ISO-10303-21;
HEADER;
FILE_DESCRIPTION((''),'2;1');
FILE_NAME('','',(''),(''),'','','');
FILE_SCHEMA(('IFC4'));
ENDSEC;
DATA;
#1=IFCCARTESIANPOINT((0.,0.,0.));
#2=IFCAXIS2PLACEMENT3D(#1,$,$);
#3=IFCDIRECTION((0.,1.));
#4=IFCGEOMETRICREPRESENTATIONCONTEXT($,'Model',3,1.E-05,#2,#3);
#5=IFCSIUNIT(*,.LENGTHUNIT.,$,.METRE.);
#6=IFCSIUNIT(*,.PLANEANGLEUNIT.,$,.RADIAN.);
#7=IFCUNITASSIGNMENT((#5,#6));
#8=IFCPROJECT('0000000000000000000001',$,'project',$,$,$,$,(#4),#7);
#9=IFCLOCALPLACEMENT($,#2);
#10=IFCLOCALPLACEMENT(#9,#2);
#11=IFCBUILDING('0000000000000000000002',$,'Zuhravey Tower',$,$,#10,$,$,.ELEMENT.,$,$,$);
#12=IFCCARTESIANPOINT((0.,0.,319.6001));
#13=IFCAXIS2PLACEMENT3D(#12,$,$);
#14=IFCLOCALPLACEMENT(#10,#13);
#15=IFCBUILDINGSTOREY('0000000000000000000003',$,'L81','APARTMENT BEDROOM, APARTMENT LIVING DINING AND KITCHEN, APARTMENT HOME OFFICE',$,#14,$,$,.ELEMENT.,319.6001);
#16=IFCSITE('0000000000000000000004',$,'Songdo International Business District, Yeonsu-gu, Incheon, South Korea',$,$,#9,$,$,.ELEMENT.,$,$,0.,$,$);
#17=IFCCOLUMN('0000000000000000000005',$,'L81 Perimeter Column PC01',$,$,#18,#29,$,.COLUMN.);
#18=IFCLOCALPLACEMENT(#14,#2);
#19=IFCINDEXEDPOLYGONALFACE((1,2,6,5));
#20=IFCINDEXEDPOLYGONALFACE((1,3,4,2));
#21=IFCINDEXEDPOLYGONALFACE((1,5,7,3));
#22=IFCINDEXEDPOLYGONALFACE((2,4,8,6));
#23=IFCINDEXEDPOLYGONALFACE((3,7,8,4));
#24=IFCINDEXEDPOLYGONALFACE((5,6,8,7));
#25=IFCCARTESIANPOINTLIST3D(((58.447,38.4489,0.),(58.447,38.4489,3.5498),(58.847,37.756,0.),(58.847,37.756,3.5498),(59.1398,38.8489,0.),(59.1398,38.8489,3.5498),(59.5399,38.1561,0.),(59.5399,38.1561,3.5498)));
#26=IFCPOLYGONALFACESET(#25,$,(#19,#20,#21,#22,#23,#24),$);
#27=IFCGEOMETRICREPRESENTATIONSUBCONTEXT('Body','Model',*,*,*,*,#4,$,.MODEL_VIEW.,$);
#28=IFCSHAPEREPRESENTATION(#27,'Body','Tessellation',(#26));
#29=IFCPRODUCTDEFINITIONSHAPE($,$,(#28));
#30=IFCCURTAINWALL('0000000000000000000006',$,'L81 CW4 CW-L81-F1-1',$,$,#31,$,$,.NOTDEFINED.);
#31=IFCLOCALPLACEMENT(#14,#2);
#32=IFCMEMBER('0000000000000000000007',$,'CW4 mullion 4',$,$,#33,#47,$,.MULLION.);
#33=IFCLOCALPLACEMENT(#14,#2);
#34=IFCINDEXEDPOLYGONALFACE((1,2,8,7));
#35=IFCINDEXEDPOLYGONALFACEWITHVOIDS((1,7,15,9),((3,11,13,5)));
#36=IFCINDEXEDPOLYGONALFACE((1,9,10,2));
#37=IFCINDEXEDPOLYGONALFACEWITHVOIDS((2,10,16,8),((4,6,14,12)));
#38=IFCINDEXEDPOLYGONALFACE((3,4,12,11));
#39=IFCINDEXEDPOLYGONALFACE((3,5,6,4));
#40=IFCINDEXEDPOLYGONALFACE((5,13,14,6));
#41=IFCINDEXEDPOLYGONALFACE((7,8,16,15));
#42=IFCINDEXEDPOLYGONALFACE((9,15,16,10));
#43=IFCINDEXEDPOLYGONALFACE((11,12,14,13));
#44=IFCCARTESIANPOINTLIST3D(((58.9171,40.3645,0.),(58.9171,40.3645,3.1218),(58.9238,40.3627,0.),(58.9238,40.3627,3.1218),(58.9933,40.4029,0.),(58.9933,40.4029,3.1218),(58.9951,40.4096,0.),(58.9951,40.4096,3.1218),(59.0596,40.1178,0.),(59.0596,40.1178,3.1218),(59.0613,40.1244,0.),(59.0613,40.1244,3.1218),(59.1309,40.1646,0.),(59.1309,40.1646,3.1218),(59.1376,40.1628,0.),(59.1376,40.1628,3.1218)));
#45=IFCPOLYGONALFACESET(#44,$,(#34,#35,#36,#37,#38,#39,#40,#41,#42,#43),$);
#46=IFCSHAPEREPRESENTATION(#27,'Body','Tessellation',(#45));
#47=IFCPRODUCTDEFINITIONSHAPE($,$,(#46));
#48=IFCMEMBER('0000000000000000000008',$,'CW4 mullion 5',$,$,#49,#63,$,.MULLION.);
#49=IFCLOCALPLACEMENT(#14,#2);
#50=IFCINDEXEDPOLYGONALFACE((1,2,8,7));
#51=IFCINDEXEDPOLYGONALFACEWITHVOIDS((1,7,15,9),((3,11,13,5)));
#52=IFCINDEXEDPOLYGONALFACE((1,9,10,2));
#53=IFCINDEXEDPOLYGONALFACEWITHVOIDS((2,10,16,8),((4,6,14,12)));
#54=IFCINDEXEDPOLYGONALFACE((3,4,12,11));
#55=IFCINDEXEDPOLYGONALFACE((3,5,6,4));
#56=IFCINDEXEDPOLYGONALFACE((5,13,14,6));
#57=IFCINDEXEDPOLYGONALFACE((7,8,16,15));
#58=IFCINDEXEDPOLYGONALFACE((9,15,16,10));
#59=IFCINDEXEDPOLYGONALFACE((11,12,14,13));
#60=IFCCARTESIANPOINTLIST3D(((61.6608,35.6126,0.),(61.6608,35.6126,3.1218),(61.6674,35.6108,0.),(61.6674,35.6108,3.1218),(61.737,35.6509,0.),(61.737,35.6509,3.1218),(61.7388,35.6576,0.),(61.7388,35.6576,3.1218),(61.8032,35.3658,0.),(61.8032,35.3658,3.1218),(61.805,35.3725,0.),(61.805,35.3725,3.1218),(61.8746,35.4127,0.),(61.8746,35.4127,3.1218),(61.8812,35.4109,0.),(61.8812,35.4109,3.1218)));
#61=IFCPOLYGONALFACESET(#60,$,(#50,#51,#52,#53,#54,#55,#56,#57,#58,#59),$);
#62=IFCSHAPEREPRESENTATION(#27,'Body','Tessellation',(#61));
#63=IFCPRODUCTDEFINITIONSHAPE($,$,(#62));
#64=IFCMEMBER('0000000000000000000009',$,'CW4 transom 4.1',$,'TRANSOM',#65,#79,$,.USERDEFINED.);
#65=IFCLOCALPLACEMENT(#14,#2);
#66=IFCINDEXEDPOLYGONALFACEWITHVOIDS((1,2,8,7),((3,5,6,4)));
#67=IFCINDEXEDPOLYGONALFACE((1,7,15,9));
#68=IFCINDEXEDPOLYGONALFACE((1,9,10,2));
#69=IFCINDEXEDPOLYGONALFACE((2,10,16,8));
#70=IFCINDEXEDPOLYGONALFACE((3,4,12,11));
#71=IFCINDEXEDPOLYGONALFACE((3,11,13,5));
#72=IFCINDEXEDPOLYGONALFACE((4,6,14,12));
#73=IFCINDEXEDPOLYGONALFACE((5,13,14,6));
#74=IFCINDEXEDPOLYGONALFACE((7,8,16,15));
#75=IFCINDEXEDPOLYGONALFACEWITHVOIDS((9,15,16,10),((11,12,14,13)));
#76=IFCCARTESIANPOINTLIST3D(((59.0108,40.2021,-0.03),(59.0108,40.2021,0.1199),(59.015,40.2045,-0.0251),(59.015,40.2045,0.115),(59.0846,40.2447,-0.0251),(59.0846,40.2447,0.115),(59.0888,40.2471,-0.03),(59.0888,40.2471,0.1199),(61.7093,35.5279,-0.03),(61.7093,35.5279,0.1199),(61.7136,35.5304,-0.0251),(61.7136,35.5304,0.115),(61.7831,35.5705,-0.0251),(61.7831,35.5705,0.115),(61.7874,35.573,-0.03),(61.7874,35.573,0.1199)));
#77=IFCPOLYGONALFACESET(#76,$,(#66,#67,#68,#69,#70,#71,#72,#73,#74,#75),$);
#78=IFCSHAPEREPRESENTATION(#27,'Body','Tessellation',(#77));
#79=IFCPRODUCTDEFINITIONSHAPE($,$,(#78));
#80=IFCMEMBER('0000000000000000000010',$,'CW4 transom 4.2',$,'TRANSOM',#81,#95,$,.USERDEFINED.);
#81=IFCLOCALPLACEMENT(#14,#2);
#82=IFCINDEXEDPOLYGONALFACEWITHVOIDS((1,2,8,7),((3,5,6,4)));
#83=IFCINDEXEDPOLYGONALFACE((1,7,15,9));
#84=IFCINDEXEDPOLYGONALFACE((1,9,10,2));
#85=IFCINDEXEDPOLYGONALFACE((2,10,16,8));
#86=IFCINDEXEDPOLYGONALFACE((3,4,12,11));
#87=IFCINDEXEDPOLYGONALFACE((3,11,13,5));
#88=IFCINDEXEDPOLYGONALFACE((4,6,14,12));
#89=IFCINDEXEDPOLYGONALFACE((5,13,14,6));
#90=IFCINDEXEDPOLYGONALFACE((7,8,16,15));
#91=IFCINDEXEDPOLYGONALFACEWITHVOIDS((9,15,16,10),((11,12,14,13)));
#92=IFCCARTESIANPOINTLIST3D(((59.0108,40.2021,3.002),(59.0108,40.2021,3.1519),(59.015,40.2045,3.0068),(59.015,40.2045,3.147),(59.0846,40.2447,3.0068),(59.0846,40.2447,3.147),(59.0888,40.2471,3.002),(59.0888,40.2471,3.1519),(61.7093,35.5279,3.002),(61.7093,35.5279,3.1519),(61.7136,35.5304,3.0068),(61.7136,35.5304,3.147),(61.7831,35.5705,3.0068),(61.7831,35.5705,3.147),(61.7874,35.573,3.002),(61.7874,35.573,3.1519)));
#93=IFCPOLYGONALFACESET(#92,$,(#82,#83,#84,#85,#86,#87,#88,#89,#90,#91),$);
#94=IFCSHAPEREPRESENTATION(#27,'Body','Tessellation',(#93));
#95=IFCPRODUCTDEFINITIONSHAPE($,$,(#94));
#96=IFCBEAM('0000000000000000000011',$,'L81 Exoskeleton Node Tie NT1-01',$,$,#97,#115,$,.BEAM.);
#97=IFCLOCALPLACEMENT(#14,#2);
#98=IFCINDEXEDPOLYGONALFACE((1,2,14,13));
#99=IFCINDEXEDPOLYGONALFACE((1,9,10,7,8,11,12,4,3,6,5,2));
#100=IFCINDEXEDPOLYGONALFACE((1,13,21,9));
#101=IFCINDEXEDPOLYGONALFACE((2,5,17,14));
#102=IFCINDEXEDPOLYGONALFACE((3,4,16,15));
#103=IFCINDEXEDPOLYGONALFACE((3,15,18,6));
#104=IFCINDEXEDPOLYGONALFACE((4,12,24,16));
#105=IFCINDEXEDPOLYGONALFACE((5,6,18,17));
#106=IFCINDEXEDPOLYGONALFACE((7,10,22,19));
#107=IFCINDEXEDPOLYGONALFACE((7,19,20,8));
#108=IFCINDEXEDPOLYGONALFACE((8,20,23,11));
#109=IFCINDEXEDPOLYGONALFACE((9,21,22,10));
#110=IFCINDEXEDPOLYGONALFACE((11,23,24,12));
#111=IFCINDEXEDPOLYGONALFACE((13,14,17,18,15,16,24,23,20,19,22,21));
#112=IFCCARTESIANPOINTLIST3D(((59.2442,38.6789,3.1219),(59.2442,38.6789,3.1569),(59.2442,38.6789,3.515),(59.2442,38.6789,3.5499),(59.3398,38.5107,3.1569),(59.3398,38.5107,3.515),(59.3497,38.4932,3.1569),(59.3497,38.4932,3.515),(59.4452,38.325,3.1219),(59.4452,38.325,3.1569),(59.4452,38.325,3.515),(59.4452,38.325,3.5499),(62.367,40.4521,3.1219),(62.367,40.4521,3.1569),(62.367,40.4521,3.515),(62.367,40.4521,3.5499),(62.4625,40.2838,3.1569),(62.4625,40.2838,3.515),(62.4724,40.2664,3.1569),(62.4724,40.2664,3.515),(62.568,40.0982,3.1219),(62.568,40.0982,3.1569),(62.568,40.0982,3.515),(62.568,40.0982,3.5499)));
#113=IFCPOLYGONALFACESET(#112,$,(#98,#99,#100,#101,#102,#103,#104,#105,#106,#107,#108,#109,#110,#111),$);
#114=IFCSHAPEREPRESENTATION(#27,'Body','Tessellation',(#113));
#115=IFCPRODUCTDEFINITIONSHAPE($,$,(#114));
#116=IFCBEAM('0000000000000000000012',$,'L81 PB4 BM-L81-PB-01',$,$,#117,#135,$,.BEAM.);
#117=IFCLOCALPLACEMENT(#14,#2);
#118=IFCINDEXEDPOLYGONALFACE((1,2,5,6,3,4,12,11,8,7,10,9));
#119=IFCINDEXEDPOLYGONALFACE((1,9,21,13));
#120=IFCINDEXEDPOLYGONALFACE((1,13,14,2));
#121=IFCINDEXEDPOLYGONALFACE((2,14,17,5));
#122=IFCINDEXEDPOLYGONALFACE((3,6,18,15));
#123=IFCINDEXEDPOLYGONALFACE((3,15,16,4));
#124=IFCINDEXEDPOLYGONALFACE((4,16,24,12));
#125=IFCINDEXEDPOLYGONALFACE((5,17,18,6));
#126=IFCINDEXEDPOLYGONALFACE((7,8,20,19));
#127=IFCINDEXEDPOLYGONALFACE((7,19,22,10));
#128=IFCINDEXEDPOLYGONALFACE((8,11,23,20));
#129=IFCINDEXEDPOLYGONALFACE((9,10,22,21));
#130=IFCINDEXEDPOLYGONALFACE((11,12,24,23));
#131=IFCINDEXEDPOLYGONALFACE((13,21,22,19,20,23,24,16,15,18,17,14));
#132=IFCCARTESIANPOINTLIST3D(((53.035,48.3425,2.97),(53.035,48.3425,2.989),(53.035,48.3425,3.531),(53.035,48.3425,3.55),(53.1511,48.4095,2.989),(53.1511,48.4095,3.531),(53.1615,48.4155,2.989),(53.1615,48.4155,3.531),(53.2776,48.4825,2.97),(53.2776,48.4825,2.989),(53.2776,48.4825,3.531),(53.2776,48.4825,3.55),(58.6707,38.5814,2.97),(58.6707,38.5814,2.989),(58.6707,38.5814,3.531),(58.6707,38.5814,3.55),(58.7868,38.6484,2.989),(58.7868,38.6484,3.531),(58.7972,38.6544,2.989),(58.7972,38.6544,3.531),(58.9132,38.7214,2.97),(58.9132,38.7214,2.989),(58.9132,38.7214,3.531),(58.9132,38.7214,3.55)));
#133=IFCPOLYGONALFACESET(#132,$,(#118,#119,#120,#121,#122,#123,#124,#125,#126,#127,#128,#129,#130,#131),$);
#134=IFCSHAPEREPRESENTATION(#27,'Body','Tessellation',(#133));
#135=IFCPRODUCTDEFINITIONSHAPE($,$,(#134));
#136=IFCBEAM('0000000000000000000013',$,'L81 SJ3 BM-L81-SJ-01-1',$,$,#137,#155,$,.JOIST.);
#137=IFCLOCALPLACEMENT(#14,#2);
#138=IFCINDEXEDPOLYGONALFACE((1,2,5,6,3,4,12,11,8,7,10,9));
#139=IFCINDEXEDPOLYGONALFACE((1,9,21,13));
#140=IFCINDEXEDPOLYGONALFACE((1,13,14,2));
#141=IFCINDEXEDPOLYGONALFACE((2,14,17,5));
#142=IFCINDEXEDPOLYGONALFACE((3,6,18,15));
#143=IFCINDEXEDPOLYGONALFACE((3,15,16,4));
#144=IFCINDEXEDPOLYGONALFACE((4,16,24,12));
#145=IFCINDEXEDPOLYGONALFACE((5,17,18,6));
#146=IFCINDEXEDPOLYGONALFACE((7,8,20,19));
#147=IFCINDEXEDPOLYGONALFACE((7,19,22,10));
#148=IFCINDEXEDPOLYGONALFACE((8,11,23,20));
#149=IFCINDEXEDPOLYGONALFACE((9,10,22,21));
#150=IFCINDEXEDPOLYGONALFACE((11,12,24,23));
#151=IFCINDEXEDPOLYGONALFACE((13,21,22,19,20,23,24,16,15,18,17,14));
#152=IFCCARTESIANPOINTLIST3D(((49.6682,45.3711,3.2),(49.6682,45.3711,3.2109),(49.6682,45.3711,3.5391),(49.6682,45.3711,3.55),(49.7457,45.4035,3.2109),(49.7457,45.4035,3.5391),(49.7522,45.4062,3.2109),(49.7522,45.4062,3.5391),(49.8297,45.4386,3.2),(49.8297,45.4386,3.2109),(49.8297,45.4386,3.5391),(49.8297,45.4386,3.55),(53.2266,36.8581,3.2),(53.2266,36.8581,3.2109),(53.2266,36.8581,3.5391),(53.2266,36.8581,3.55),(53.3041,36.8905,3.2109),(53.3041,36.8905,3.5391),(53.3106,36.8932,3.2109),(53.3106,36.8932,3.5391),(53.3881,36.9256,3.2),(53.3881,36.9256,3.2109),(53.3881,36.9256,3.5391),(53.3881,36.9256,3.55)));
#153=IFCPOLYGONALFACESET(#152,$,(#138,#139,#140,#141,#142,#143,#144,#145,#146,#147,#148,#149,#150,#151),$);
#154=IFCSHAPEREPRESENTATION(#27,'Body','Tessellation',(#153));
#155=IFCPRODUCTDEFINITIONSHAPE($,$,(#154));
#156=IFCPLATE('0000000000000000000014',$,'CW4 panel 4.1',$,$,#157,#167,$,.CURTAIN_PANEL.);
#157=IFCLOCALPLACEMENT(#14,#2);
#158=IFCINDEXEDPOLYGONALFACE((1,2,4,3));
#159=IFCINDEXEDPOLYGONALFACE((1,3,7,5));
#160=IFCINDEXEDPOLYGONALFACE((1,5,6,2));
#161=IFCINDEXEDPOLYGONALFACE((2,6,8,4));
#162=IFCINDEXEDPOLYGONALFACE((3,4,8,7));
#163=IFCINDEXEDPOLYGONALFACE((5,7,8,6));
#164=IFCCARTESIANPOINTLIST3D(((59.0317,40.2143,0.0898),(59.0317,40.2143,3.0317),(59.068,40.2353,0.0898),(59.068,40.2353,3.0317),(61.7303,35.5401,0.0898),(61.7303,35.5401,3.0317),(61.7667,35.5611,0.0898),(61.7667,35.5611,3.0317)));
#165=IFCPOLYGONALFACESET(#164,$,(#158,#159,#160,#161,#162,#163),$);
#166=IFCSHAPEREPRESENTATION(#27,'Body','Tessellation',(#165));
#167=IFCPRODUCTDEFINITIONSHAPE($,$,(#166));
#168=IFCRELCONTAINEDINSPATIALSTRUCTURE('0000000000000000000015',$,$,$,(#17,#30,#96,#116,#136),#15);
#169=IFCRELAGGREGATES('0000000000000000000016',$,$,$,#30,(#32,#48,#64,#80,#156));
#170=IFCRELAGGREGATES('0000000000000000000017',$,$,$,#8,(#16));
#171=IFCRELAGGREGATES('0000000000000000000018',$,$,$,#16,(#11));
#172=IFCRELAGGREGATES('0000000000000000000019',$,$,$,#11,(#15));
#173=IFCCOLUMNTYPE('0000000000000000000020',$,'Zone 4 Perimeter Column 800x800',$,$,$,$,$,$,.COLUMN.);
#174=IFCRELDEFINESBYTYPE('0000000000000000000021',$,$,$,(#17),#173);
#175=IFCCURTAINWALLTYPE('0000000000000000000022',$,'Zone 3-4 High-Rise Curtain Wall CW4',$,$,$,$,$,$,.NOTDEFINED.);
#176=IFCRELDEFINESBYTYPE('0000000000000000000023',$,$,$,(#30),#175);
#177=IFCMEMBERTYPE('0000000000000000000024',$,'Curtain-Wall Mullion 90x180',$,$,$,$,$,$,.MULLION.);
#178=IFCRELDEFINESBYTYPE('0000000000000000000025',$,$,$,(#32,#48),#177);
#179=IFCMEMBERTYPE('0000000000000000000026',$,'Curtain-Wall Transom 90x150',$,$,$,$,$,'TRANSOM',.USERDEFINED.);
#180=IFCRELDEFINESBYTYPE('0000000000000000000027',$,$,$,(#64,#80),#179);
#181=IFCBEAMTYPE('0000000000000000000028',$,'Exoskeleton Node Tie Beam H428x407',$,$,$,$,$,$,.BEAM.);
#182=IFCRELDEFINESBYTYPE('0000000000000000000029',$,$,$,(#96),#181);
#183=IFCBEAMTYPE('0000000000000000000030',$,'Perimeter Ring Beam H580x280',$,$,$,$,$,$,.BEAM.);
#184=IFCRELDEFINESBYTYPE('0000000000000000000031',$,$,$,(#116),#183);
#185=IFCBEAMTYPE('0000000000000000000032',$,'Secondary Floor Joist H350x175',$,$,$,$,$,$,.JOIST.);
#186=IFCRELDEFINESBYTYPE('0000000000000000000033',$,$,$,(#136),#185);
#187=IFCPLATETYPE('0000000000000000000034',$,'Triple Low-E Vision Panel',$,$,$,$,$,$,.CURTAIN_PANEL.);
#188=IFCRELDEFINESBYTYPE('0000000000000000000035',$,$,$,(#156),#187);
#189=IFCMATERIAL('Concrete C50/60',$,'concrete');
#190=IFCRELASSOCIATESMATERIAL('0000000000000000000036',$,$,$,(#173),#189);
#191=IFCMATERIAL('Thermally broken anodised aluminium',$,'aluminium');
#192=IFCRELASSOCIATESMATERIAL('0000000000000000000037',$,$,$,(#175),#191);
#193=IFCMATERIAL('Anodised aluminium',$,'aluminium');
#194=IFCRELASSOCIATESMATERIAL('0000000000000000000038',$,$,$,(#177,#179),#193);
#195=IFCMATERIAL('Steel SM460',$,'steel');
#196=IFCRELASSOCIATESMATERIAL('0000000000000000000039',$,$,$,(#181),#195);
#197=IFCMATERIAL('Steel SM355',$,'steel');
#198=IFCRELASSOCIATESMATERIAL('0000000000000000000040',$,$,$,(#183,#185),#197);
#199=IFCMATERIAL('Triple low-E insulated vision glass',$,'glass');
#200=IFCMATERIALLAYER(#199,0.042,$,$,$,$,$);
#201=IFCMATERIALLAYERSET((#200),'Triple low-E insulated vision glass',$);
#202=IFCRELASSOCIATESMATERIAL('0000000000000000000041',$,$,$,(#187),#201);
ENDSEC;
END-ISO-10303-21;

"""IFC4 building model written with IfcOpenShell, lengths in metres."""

from ifc_helpers import new_model, si_unit, direction, frame, origin, origin_2d, place, context, subcontext, project, spatial, rectangle, hollow_rectangle, i_section, extrude, material, layer, layer_set, material_profile, profile_set, type_object, element, aggregate, save


model = new_model("IFC4")

# Units and contexts
model_context = context("Model", 3, precision=1e-05, world=origin(), true_north=direction((0.0, 1.0)))
body_context = subcontext(model_context, "Body", "Model", "MODEL_VIEW")
ifc_project = project(units=[si_unit("LENGTHUNIT", "METRE"), si_unit("PLANEANGLEUNIT", "RADIAN")], contexts=[model_context])

# Site, building, storey
site_placement = place(None, origin())
site = spatial("IfcSite", under=ifc_project, at=site_placement, Name="Songdo International Business District, Yeonsu-gu, Incheon, South Korea", CompositionType="ELEMENT", RefElevation=0.0)
building_placement = place(site_placement, origin())
building = spatial("IfcBuilding", under=site, at=building_placement, Name="Zuhravey Tower", CompositionType="ELEMENT")
storey_placement = place(building_placement, frame((0.0, 0.0, 319.6001)))
storey = spatial("IfcBuildingStorey", under=building, at=storey_placement, Name="L81", Description="APARTMENT BEDROOM, APARTMENT LIVING DINING AND KITCHEN, APARTMENT HOME OFFICE", CompositionType="ELEMENT", Elevation=319.6001)

# Column
ifc_material_1 = material(Name="Concrete C50/60", Category="concrete")
ifc_material_profile_1 = material_profile(ifc_material_1, rectangle(XDim=0.8, YDim=0.8, at=origin_2d()), Name="RC-800x800")
ifc_profile_set_1 = profile_set([ifc_material_profile_1], Name="Concrete C50/60")
column_type = type_object("IfcColumnType", Name="Zone 4 Perimeter Column 800x800", PredefinedType="COLUMN", material=ifc_profile_set_1)
column_placement = place(storey_placement, frame((58.9934, 38.3025, 0.0), z_axis=(0.0, 0.0, 1.0), x_axis=(-0.5, 0.866025, 0.0)))
element("IfcColumn", 1, at=column_placement, inside=storey, type_object=column_type, Name="L81 Perimeter Column PC01", PredefinedType="COLUMN", context=body_context, shape_type="SweptSolid", body=[
    extrude(rectangle(XDim=0.8, YDim=0.8, at=origin_2d()), origin(), (0.0, 0.0, 1.0), 3.5498),
])

# Curtain wall, members
ifc_material_2 = material(Name="Thermally broken anodised aluminium", Category="aluminium")
curtain_wall_type = type_object("IfcCurtainWallType", Name="Zone 3-4 High-Rise Curtain Wall CW4", PredefinedType="NOTDEFINED", material=ifc_material_2)
curtain_wall_placement = place(storey_placement, origin())
curtain_wall = element("IfcCurtainWall", 2, at=curtain_wall_placement, inside=storey, type_object=curtain_wall_type, Name="L81 CW4 CW-L81-F1-1", PredefinedType="NOTDEFINED")
ifc_material_3 = material(Name="Anodised aluminium", Category="aluminium")
ifc_material_profile_2 = material_profile(ifc_material_3, hollow_rectangle(XDim=0.0901, YDim=0.2849, WallThickness=0.0049, at=origin_2d()), Name="ALU-RHS-90x285x5")
ifc_profile_set_2 = profile_set([ifc_material_profile_2], Name="Anodised aluminium")
member_type_1 = type_object("IfcMemberType", Name="Curtain-Wall Mullion 90x180", PredefinedType="MULLION", material=ifc_profile_set_2)
member_1_placement = place(storey_placement, frame((59.0273, 40.2637, 0.0), z_axis=(0.0, 0.0, 1.0), x_axis=(0.866025, 0.500001, 0.0)))
member_1 = element("IfcMember", 3, at=member_1_placement, type_object=member_type_1, Name="CW4 mullion 4", PredefinedType="MULLION", context=body_context, shape_type="SweptSolid", body=[
    extrude(hollow_rectangle(XDim=0.0901, YDim=0.2849, WallThickness=0.0049, at=origin_2d()), origin(), (0.0, 0.0, 1.0), 3.1218),
])
member_2_placement = place(storey_placement, frame((61.771, 35.5117, 0.0), z_axis=(0.0, 0.0, 1.0), x_axis=(0.866025, 0.500001, 0.0)))
member_2 = element("IfcMember", 4, at=member_2_placement, type_object=member_type_1, Name="CW4 mullion 5", PredefinedType="MULLION", context=body_context, shape_type="SweptSolid", body=[
    extrude(hollow_rectangle(XDim=0.0901, YDim=0.2849, WallThickness=0.0049, at=origin_2d()), origin(), (0.0, 0.0, 1.0), 3.1218),
])
ifc_material_profile_3 = material_profile(ifc_material_3, hollow_rectangle(XDim=0.0901, YDim=0.1499, WallThickness=0.0049, at=origin_2d()), Name="ALU-RHS-90x150x5")
ifc_profile_set_3 = profile_set([ifc_material_profile_3], Name="Anodised aluminium")
member_type_2 = type_object("IfcMemberType", Name="Curtain-Wall Transom 90x150", ElementType="TRANSOM", PredefinedType="USERDEFINED", material=ifc_profile_set_3)
member_3_placement = place(storey_placement, frame((59.0498, 40.2246, 0.0449), z_axis=(0.499987, -0.866033, 0.0), x_axis=(0.866033, 0.499987, 0.0)))
member_3 = element("IfcMember", 5, at=member_3_placement, type_object=member_type_2, Name="CW4 transom 4.1", ObjectType="TRANSOM", PredefinedType="USERDEFINED", context=body_context, shape_type="SweptSolid", body=[
    extrude(hollow_rectangle(XDim=0.0901, YDim=0.1499, WallThickness=0.0049, at=origin_2d()), origin(), (0.0, 0.0, 1.0), 5.3972),
])
member_4_placement = place(storey_placement, frame((59.0498, 40.2246, 3.0769), z_axis=(0.499987, -0.866033, 0.0), x_axis=(0.866033, 0.499987, 0.0)))
member_4 = element("IfcMember", 6, at=member_4_placement, type_object=member_type_2, Name="CW4 transom 4.2", ObjectType="TRANSOM", PredefinedType="USERDEFINED", context=body_context, shape_type="SweptSolid", body=[
    extrude(hollow_rectangle(XDim=0.0901, YDim=0.1499, WallThickness=0.0049, at=origin_2d()), origin(), (0.0, 0.0, 1.0), 5.3972),
])

# Beams
ifc_material_4 = material(Name="Steel SM460", Category="steel")
ifc_material_profile_4 = material_profile(ifc_material_4, i_section(OverallWidth=0.407, OverallDepth=0.428, WebThickness=0.02, FlangeThickness=0.0349, at=origin_2d()), Name="H-428x407x20x35")
ifc_profile_set_4 = profile_set([ifc_material_profile_4], Name="Steel SM460")
beam_type_1 = type_object("IfcBeamType", Name="Exoskeleton Node Tie Beam H428x407", PredefinedType="BEAM", material=ifc_profile_set_4)
beam_1_placement = place(storey_placement, frame((59.3447, 38.502, 3.3359), z_axis=(0.869591, 0.493772, 0.0), x_axis=(-0.493772, 0.869591, 0.0)))
element("IfcBeam", 7, at=beam_1_placement, inside=storey, type_object=beam_type_1, Name="L81 Exoskeleton Node Tie NT1-01", PredefinedType="BEAM", context=body_context, shape_type="SweptSolid", body=[
    extrude(i_section(OverallWidth=0.407, OverallDepth=0.428, WebThickness=0.02, FlangeThickness=0.0349, at=origin_2d()), origin(), (0.0, 0.0, 1.0), 3.5911),
])
ifc_material_5 = material(Name="Steel SM355", Category="steel")
ifc_material_profile_5 = material_profile(ifc_material_5, i_section(OverallWidth=0.28, OverallDepth=0.5801, WebThickness=0.012, FlangeThickness=0.019, at=origin_2d()), Name="H-580x280x12x19")
ifc_profile_set_5 = profile_set([ifc_material_profile_5], Name="Steel SM355")
beam_type_2 = type_object("IfcBeamType", Name="Perimeter Ring Beam H580x280", PredefinedType="BEAM", material=ifc_profile_set_5)
beam_2_placement = place(storey_placement, frame((58.792, 38.6514, 3.26), z_axis=(-0.500006, 0.866022, 0.0), x_axis=(-0.866022, -0.500006, 0.0)))
element("IfcBeam", 8, at=beam_2_placement, inside=storey, type_object=beam_type_2, Name="L81 PB4 BM-L81-PB-01", PredefinedType="BEAM", context=body_context, shape_type="SweptSolid", body=[
    extrude(i_section(OverallWidth=0.28, OverallDepth=0.5801, WebThickness=0.012, FlangeThickness=0.019, at=origin_2d()), origin(), (0.0, 0.0, 1.0), 11.2712),
])
ifc_material_profile_6 = material_profile(ifc_material_5, i_section(OverallWidth=0.175, OverallDepth=0.3501, WebThickness=0.0071, FlangeThickness=0.011, at=origin_2d()), Name="H-350x175x7x11")
ifc_profile_set_6 = profile_set([ifc_material_profile_6], Name="Steel SM355")
beam_type_3 = type_object("IfcBeamType", Name="Secondary Floor Joist H350x175", PredefinedType="JOIST", material=ifc_profile_set_6)
beam_3_placement = place(storey_placement, frame((53.3074, 36.8918, 3.375), z_axis=(-0.385658, 0.922642, 0.0), x_axis=(-0.922642, -0.385658, 0.0)))
element("IfcBeam", 9, at=beam_3_placement, inside=storey, type_object=beam_type_3, Name="L81 SJ3 BM-L81-SJ-01-1", PredefinedType="JOIST", context=body_context, shape_type="SweptSolid", body=[
    extrude(i_section(OverallWidth=0.175, OverallDepth=0.3501, WebThickness=0.0071, FlangeThickness=0.011, at=origin_2d()), origin(), (0.0, 0.0, 1.0), 9.2268),
])

# Plate
ifc_material_6 = material(Name="Triple low-E insulated vision glass", Category="glass")
ifc_layer_1 = layer(ifc_material_6, 0.042)
ifc_layer_set_1 = layer_set([ifc_layer_1], Name="Triple low-E insulated vision glass")
plate_type = type_object("IfcPlateType", Name="Triple Low-E Vision Panel", PredefinedType="CURTAIN_PANEL", material=ifc_layer_set_1)
plate_placement = place(storey_placement, frame((60.3992, 37.8877, 0.0898), z_axis=(0.0, 0.0, 1.0), x_axis=(0.500001, -0.866025, 0.0)))
plate = element("IfcPlate", 10, at=plate_placement, type_object=plate_type, Name="CW4 panel 4.1", PredefinedType="CURTAIN_PANEL", context=body_context, shape_type="SweptSolid", body=[
    extrude(rectangle(XDim=5.3972, YDim=0.042, at=origin_2d()), origin(), (0.0, 0.0, 1.0), 2.9419),
])
aggregate(curtain_wall, [member_1, member_2, member_3, member_4, plate])

save(model, "model.ifc")
